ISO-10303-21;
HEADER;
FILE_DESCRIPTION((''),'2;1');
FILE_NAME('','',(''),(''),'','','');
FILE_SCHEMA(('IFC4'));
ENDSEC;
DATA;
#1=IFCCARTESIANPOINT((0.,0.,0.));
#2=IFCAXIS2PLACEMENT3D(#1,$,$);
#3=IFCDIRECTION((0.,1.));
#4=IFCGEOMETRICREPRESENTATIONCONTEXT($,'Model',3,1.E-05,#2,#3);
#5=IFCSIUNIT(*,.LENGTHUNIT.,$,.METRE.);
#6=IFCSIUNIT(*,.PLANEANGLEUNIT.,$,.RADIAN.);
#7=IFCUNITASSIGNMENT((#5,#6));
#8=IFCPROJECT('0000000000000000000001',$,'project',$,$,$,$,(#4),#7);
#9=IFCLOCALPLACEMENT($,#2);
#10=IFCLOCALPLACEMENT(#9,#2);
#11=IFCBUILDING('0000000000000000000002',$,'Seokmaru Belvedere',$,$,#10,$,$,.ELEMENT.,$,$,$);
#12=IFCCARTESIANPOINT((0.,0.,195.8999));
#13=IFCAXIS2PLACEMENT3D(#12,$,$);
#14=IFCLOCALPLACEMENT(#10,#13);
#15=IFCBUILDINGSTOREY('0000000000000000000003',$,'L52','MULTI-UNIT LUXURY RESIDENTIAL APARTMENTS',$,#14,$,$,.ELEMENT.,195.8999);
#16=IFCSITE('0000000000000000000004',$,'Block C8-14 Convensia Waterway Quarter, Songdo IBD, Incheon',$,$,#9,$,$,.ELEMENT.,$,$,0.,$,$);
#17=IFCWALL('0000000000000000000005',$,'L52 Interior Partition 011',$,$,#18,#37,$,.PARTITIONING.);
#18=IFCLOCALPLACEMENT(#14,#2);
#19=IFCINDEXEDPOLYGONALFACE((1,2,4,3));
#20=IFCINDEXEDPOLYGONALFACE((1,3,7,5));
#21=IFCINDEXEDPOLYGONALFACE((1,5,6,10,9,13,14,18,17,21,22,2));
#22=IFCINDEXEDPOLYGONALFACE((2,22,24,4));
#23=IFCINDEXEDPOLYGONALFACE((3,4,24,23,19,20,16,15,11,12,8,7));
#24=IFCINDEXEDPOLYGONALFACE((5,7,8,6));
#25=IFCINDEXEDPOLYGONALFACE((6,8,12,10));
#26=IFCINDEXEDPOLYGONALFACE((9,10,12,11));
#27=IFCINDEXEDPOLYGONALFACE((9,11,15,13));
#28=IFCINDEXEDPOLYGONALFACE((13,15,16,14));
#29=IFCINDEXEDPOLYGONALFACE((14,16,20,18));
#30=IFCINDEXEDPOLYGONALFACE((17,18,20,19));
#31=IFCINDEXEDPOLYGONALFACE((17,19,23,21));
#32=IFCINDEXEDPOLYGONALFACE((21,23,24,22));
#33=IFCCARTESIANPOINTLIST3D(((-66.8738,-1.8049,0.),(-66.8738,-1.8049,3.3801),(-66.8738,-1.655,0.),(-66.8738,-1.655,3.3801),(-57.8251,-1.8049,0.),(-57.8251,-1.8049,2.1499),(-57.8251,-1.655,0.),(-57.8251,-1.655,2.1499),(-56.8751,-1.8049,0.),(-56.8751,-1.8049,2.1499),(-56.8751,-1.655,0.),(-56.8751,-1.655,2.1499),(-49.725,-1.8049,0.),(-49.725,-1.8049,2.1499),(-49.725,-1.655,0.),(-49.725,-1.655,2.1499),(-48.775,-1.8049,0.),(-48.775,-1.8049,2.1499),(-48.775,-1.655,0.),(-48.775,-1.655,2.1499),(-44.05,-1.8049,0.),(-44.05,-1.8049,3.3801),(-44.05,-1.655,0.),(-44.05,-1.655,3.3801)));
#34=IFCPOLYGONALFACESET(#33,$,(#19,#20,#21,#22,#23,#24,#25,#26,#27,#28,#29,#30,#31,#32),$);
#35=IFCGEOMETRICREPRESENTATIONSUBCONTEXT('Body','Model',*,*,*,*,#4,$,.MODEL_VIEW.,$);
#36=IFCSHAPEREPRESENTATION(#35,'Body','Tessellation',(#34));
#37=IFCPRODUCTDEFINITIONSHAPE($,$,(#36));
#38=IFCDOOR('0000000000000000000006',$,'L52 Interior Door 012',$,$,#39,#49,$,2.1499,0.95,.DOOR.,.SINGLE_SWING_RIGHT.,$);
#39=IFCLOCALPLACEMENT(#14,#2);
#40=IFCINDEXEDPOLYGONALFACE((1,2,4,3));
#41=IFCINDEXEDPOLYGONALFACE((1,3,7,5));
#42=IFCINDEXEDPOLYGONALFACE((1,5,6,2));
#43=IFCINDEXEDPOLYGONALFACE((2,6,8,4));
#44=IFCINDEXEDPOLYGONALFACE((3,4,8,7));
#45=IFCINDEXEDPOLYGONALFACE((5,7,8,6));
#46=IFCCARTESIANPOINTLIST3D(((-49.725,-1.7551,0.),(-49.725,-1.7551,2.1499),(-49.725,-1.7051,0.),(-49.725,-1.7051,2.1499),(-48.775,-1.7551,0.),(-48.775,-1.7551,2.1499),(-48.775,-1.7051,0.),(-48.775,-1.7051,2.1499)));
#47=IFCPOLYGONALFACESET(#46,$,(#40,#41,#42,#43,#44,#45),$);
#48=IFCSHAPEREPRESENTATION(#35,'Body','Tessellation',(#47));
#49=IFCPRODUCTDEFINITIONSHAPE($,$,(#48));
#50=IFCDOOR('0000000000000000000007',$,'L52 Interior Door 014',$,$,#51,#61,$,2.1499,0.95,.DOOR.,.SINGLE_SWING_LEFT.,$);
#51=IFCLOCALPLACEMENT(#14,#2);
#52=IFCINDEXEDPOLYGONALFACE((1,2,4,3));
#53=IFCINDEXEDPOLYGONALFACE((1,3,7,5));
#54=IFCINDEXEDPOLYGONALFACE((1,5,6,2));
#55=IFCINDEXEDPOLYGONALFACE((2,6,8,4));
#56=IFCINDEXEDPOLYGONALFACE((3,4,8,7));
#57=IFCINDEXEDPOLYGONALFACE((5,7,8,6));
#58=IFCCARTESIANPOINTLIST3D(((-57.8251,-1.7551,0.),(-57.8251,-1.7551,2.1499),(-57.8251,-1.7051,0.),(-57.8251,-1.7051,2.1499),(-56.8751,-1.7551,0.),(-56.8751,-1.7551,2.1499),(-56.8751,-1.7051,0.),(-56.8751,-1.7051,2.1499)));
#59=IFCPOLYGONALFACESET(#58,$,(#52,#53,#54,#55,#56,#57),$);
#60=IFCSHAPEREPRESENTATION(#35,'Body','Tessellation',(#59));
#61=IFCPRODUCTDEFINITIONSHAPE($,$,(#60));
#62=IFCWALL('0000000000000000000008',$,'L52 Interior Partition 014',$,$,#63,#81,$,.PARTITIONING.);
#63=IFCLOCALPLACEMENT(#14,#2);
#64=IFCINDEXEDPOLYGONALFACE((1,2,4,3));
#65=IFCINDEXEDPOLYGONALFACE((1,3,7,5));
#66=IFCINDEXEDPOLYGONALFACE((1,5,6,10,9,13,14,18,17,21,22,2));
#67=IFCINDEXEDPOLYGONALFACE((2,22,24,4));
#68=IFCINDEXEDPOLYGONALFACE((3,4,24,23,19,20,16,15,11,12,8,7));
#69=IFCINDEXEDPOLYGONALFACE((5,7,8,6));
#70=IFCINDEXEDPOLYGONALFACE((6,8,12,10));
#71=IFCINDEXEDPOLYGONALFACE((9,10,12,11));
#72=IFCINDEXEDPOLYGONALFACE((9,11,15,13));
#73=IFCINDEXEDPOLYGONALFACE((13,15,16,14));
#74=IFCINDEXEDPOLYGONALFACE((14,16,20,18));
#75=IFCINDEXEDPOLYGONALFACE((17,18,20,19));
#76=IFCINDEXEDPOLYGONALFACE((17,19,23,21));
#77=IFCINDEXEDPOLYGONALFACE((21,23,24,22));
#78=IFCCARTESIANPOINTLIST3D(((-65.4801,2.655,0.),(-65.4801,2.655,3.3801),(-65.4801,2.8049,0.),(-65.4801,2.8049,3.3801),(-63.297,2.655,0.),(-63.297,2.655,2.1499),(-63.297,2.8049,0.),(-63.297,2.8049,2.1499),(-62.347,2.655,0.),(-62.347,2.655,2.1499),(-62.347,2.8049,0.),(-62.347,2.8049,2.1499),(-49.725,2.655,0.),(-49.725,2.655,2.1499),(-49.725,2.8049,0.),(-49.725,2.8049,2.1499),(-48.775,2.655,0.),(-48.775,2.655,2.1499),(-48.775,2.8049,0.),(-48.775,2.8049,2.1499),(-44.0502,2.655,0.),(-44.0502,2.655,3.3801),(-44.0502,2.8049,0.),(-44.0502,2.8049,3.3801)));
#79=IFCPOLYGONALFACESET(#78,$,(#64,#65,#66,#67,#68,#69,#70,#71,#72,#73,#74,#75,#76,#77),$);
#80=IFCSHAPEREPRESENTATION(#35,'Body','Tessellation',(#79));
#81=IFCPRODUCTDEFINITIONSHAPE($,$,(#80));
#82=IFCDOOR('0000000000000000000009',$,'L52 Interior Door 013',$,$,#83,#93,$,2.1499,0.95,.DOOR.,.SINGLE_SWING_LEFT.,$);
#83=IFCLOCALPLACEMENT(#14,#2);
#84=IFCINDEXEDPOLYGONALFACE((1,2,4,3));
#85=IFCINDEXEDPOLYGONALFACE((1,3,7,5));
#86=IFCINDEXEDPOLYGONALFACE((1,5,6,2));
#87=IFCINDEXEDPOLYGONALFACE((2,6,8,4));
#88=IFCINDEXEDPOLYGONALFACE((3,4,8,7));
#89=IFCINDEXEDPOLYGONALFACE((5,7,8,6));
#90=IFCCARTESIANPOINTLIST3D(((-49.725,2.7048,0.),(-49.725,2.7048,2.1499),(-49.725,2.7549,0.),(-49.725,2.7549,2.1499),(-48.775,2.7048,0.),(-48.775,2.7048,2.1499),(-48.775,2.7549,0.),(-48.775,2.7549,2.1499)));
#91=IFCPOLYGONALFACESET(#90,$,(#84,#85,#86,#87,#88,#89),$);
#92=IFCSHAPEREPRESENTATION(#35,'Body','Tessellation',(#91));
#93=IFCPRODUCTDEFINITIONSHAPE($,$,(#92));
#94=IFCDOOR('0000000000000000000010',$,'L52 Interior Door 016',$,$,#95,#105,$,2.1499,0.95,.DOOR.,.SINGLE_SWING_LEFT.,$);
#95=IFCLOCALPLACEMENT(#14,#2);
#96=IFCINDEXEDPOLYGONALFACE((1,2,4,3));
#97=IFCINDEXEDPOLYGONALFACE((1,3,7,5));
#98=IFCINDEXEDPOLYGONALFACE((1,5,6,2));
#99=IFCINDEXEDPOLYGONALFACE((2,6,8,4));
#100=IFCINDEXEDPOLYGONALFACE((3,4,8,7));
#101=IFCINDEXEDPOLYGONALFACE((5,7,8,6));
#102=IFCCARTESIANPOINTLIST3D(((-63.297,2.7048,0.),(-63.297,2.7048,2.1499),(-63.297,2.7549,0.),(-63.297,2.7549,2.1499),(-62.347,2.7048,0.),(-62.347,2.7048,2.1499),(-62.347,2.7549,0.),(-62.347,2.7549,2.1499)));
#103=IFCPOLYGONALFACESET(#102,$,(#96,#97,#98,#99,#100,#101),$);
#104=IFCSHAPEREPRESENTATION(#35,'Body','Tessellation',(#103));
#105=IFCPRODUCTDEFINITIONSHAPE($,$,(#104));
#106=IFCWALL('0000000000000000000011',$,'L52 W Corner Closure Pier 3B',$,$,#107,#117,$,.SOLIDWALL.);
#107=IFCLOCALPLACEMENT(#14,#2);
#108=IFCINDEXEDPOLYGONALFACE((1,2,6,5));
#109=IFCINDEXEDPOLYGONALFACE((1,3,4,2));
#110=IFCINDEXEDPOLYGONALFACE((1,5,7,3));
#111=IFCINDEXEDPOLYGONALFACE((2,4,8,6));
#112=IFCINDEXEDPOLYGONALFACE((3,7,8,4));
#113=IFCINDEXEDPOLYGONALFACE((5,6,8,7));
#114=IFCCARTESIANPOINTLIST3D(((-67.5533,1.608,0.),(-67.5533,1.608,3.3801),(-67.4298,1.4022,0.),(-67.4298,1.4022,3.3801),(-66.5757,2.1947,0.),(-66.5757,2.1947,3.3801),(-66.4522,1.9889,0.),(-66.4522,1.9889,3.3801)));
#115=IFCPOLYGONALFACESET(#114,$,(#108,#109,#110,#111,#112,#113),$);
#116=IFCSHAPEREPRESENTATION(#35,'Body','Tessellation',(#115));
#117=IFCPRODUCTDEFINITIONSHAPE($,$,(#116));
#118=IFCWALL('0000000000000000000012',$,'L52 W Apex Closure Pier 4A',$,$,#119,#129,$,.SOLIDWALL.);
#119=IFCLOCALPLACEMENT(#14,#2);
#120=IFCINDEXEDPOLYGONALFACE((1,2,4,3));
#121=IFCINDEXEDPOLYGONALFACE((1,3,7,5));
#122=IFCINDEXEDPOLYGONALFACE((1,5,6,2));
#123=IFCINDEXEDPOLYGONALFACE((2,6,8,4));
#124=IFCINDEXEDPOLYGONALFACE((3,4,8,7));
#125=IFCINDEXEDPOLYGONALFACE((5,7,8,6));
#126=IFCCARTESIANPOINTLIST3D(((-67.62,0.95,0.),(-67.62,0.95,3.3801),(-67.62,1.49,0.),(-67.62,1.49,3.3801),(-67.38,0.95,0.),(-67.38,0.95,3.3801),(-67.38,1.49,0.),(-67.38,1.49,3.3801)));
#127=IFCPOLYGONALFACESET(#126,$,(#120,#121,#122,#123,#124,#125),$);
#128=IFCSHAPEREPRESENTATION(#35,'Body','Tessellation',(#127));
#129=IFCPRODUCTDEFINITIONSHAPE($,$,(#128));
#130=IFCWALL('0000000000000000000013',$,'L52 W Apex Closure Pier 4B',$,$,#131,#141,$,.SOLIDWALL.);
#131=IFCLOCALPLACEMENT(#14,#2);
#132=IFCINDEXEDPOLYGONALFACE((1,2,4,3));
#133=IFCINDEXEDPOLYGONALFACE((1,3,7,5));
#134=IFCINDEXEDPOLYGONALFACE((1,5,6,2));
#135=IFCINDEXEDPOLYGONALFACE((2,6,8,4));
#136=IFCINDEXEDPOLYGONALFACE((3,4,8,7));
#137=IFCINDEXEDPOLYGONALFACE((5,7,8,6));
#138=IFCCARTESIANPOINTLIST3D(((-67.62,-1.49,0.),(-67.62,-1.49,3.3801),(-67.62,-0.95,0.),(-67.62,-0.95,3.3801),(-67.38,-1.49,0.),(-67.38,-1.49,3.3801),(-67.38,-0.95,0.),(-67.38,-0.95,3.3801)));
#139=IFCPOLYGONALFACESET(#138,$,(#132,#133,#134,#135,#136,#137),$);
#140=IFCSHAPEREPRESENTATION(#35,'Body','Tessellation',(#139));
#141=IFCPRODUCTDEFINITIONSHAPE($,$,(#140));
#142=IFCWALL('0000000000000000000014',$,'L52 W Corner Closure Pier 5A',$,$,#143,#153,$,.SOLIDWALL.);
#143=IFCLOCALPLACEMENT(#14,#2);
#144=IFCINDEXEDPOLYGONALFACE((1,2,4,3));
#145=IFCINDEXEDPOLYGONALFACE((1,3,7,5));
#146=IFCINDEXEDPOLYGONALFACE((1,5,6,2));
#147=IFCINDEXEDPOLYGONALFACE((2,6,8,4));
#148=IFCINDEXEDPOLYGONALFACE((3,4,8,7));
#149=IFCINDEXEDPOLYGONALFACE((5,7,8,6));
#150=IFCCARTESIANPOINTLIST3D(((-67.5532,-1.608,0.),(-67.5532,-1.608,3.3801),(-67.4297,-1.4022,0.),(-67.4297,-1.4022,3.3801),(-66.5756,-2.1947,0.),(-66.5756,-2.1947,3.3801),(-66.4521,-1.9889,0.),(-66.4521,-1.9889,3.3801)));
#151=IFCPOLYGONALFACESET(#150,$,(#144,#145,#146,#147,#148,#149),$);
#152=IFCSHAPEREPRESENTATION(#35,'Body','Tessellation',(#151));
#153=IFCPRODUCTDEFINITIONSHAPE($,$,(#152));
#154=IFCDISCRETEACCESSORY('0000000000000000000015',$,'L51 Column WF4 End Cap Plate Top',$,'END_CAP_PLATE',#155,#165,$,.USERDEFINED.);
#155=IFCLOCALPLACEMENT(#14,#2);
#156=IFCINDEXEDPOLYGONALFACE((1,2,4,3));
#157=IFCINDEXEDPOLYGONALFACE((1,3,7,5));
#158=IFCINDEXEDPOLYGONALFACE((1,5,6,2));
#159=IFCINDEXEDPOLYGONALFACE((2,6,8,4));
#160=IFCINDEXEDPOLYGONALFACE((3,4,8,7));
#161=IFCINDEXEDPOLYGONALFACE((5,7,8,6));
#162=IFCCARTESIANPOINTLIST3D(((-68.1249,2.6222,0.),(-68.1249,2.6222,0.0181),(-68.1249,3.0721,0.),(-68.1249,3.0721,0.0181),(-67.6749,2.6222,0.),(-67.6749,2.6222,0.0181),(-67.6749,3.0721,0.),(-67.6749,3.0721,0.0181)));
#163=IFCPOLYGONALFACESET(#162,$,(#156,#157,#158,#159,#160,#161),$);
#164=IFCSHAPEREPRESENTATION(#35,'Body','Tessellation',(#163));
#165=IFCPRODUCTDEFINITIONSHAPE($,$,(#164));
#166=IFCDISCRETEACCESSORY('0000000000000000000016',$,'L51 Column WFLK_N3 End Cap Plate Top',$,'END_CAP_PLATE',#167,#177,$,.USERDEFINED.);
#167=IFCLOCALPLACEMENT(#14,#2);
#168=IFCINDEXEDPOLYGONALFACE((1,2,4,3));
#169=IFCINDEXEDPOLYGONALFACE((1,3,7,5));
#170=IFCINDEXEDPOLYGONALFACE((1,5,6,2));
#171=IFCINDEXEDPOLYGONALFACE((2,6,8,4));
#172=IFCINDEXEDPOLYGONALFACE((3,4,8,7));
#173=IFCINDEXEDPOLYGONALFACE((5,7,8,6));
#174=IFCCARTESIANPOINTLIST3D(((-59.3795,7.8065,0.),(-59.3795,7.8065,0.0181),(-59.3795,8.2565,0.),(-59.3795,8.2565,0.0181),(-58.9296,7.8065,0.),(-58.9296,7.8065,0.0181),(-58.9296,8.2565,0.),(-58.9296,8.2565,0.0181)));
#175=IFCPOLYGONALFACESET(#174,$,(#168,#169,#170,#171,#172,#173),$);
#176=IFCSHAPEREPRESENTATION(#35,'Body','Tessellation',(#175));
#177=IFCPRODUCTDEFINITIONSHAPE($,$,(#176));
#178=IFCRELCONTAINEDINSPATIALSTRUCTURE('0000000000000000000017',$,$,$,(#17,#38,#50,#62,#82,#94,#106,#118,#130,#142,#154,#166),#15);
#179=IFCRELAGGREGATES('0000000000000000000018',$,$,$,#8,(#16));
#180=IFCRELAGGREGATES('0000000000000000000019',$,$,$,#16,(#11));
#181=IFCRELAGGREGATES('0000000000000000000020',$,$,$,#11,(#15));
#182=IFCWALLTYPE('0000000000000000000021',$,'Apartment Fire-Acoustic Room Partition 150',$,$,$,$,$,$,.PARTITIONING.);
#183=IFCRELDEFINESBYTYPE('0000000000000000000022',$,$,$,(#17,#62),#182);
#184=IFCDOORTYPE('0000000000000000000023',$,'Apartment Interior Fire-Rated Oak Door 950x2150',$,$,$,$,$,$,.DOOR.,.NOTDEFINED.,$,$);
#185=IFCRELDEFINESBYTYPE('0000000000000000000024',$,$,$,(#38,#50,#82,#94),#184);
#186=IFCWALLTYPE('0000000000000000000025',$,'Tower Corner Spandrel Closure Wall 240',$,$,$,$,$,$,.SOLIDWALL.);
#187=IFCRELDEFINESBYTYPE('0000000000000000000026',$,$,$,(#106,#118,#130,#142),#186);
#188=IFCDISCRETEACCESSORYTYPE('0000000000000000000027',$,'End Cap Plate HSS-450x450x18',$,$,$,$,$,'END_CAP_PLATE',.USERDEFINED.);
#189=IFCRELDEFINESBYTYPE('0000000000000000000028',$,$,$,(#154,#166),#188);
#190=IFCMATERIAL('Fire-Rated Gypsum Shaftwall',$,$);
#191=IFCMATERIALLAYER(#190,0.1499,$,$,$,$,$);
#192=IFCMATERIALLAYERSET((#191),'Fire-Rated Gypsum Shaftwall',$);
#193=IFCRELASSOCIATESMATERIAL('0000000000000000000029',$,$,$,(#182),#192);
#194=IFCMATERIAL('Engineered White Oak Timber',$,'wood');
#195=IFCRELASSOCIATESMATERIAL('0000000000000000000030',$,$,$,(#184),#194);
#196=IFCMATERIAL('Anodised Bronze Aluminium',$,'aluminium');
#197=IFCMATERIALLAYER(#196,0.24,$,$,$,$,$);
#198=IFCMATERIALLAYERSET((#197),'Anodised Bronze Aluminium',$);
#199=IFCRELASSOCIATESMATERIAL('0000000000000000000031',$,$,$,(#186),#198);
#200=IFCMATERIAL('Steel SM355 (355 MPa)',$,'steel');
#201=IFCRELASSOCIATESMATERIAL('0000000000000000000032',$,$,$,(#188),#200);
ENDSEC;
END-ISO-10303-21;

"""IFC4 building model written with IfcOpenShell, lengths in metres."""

from ifc_helpers import new_model, si_unit, direction, frame, frame_2d, origin, origin_2d, place, context, subcontext, project, spatial, rectangle, extrude, source, transform, mapped, material, layer, layer_set, type_object, type_shapes, element, fill, save


model = new_model("IFC4")

# Units and contexts
model_context = context("Model", 3, precision=1e-05, world=origin(), true_north=direction((0.0, 1.0)))
body_context = subcontext(model_context, "Body", "Model", "MODEL_VIEW")
ifc_project = project(units=[si_unit("LENGTHUNIT", "METRE"), si_unit("PLANEANGLEUNIT", "RADIAN")], contexts=[model_context])

# Site, building, storey
site_placement = place(None, origin())
site = spatial("IfcSite", under=ifc_project, at=site_placement, Name="Block C8-14 Convensia Waterway Quarter, Songdo IBD, Incheon", CompositionType="ELEMENT", RefElevation=0.0)
building_placement = place(site_placement, origin())
building = spatial("IfcBuilding", under=site, at=building_placement, Name="Seokmaru Belvedere", CompositionType="ELEMENT")
storey_placement = place(building_placement, frame((0.0, 0.0, 195.8999)))
storey = spatial("IfcBuildingStorey", under=building, at=storey_placement, Name="L52", Description="MULTI-UNIT LUXURY RESIDENTIAL APARTMENTS", CompositionType="ELEMENT", Elevation=195.8999)

# Shared definitions
ifc_material_1 = material(Name="Steel SM355 (355 MPa)", Category="steel")

# Shared definitions
ifc_material_2 = material(Name="Anodised Bronze Aluminium", Category="aluminium")

# Walls, openings, doors
ifc_material_3 = material(Name="Fire-Rated Gypsum Shaftwall")
ifc_layer_1 = layer(ifc_material_3, 0.1499)
ifc_layer_set_1 = layer_set([ifc_layer_1], Name="Fire-Rated Gypsum Shaftwall")
wall_type_1 = type_object("IfcWallType", Name="Apartment Fire-Acoustic Room Partition 150", PredefinedType="PARTITIONING", material=ifc_layer_set_1)
wall_1_placement = place(storey_placement, frame((-66.8738, -1.73, 0.0), z_axis=(0.0, 0.0, 1.0), x_axis=(1.0, 0.0, 0.0)))
wall_1 = element("IfcWall", 1, at=wall_1_placement, inside=storey, type_object=wall_type_1, Name="L52 Interior Partition 011", PredefinedType="PARTITIONING", context=body_context, shape_type="SweptSolid", body=[
    extrude(rectangle(XDim=22.8237, YDim=0.1499, at=frame_2d((11.4119, 0.0))), origin(), (0.0, 0.0, 1.0), 3.3801),
])
opening_1_placement = place(wall_1_placement, frame((17.1487, 0.0, 0.0)))
opening_1 = element("IfcOpeningElement", 2, at=opening_1_placement, cuts=wall_1, PredefinedType="OPENING", context=body_context, shape_type="SweptSolid", body=[
    extrude(rectangle(XDim=0.95, YDim=2.1499, at=frame_2d((0.4751, 1.075))), frame((0.0, 0.085, 0.0), z_axis=(0.0, -1.0, 0.0), x_axis=(1.0, 0.0, 0.0)), (0.0, 0.0, 1.0), 0.1699),
])
opening_2_placement = place(wall_1_placement, frame((9.0486, 0.0, 0.0)))
opening_2 = element("IfcOpeningElement", 3, at=opening_2_placement, cuts=wall_1, PredefinedType="OPENING", context=body_context, shape_type="SweptSolid", body=[
    extrude(rectangle(XDim=0.95, YDim=2.1499, at=frame_2d((0.4751, 1.075))), frame((0.0, 0.085, 0.0), z_axis=(0.0, -1.0, 0.0), x_axis=(1.0, 0.0, 0.0)), (0.0, 0.0, 1.0), 0.1699),
])
ifc_material_4 = material(Name="Engineered White Oak Timber", Category="wood")
door_type = type_object("IfcDoorType", Name="Apartment Interior Fire-Rated Oak Door 950x2150", OperationType="NOTDEFINED", PredefinedType="DOOR", material=ifc_material_4)
shared_shape_1 = source(origin(), body_context, "Body", "SweptSolid", [
    extrude(rectangle(XDim=0.95, YDim=2.1499, at=frame_2d((0.4751, 1.075))), frame((0.0, 0.0249, 0.0), z_axis=(0.0, -1.0, 0.0), x_axis=(1.0, 0.0, 0.0)), (0.0, 0.0, 1.0), 0.05),
])
type_shapes(door_type, [shared_shape_1])
door_1_placement = place(opening_1_placement, origin())
door_1 = element("IfcDoor", 4, at=door_1_placement, inside=storey, type_object=door_type, Name="L52 Interior Door 012", OperationType="SINGLE_SWING_RIGHT", OverallHeight=2.1499, OverallWidth=0.95, PredefinedType="DOOR", context=body_context, shape_type="MappedRepresentation", body=[
    mapped(shared_shape_1, transform((0.0, 0.0, 0.0), scale=1.0)),
])
fill(opening_1, door_1)
door_2_placement = place(opening_2_placement, origin())
door_2 = element("IfcDoor", 5, at=door_2_placement, inside=storey, type_object=door_type, Name="L52 Interior Door 014", OperationType="SINGLE_SWING_LEFT", OverallHeight=2.1499, OverallWidth=0.95, PredefinedType="DOOR", context=body_context, shape_type="MappedRepresentation", body=[
    mapped(shared_shape_1, transform((0.0, 0.0, 0.0), scale=1.0)),
])
fill(opening_2, door_2)
wall_2_placement = place(storey_placement, frame((-65.48, 2.73, 0.0), z_axis=(0.0, 0.0, 1.0), x_axis=(1.0, 0.0, 0.0)))
wall_2 = element("IfcWall", 6, at=wall_2_placement, inside=storey, type_object=wall_type_1, Name="L52 Interior Partition 014", PredefinedType="PARTITIONING", context=body_context, shape_type="SweptSolid", body=[
    extrude(rectangle(XDim=21.4299, YDim=0.1499, at=frame_2d((10.7148, 0.0))), origin(), (0.0, 0.0, 1.0), 3.3801),
])
opening_3_placement = place(wall_2_placement, frame((15.7549, 0.0, 0.0)))
opening_3 = element("IfcOpeningElement", 7, at=opening_3_placement, cuts=wall_2, PredefinedType="OPENING", context=body_context, shape_type="SweptSolid", body=[
    extrude(rectangle(XDim=0.95, YDim=2.1499, at=frame_2d((0.4751, 1.075))), frame((0.0, 0.085, 0.0), z_axis=(0.0, -1.0, 0.0), x_axis=(1.0, 0.0, 0.0)), (0.0, 0.0, 1.0), 0.1699),
])
opening_4_placement = place(wall_2_placement, frame((2.1829, 0.0, 0.0)))
opening_4 = element("IfcOpeningElement", 8, at=opening_4_placement, cuts=wall_2, PredefinedType="OPENING", context=body_context, shape_type="SweptSolid", body=[
    extrude(rectangle(XDim=0.95, YDim=2.1499, at=frame_2d((0.4751, 1.075))), frame((0.0, 0.085, 0.0), z_axis=(0.0, -1.0, 0.0), x_axis=(1.0, 0.0, 0.0)), (0.0, 0.0, 1.0), 0.1699),
])
door_3_placement = place(opening_3_placement, origin())
door_3 = element("IfcDoor", 9, at=door_3_placement, inside=storey, type_object=door_type, Name="L52 Interior Door 013", OperationType="SINGLE_SWING_LEFT", OverallHeight=2.1499, OverallWidth=0.95, PredefinedType="DOOR", context=body_context, shape_type="MappedRepresentation", body=[
    mapped(shared_shape_1, transform((0.0, 0.0, 0.0), scale=1.0)),
])
fill(opening_3, door_3)
door_4_placement = place(opening_4_placement, origin())
door_4 = element("IfcDoor", 10, at=door_4_placement, inside=storey, type_object=door_type, Name="L52 Interior Door 016", OperationType="SINGLE_SWING_LEFT", OverallHeight=2.1499, OverallWidth=0.95, PredefinedType="DOOR", context=body_context, shape_type="MappedRepresentation", body=[
    mapped(shared_shape_1, transform((0.0, 0.0, 0.0), scale=1.0)),
])
fill(opening_4, door_4)

# Walls
ifc_layer_2 = layer(ifc_material_2, 0.24)
ifc_layer_set_2 = layer_set([ifc_layer_2], Name="Anodised Bronze Aluminium")
wall_type_2 = type_object("IfcWallType", Name="Tower Corner Spandrel Closure Wall 240", PredefinedType="SOLIDWALL", material=ifc_layer_set_2)
wall_3_placement = place(storey_placement, frame((-66.5139, 2.0918, 0.0), z_axis=(0.0, 0.0, 1.0), x_axis=(-0.857436, -0.51459, 0.0)))
element("IfcWall", 11, at=wall_3_placement, inside=storey, type_object=wall_type_2, Name="L52 W Corner Closure Pier 3B", PredefinedType="SOLIDWALL", context=body_context, shape_type="SweptSolid", body=[
    extrude(rectangle(XDim=1.1401, YDim=0.24, at=frame_2d((0.5701, 0.0))), origin(), (0.0, 0.0, 1.0), 3.3801),
])
for number, where, z_axis, x_axis, name in (
    (12, (-67.5, 1.49, 0.0), (0.0, 0.0, 1.0), (0.0, -1.0, 0.0), "L52 W Apex Closure Pier 4A"),
    (13, (-67.5, -0.95, 0.0), (0.0, 0.0, 1.0), (0.0, -1.0, 0.0), "L52 W Apex Closure Pier 4B"),
):
    element("IfcWall", number, at=place(storey_placement, frame(where, z_axis=z_axis, x_axis=x_axis)), inside=storey, type_object=wall_type_2, Name=name, PredefinedType="SOLIDWALL", context=body_context, shape_type="SweptSolid", body=[
        extrude(rectangle(XDim=0.54, YDim=0.24, at=frame_2d((0.27, 0.0))), origin(), (0.0, 0.0, 1.0), 3.3801),
    ])
wall_4_placement = place(storey_placement, frame((-67.4915, -1.5051, 0.0), z_axis=(0.0, 0.0, 1.0), x_axis=(0.857436, -0.51459, 0.0)))
element("IfcWall", 14, at=wall_4_placement, inside=storey, type_object=wall_type_2, Name="L52 W Corner Closure Pier 5A", PredefinedType="SOLIDWALL", context=body_context, shape_type="SweptSolid", body=[
    extrude(rectangle(XDim=1.1401, YDim=0.24, at=frame_2d((0.5701, 0.0))), origin(), (0.0, 0.0, 1.0), 3.3801),
])

# Discrete accessories
discrete_accessory_type = type_object("IfcDiscreteAccessoryType", Name="End Cap Plate HSS-450x450x18", ElementType="END_CAP_PLATE", PredefinedType="USERDEFINED", material=ifc_material_1)
shared_shape_2 = source(origin(), body_context, "Body", "SweptSolid", [
    extrude(rectangle(XDim=0.45, YDim=0.45, at=origin_2d()), origin(), (0.0, 0.0, 1.0), 0.0181),
])
type_shapes(discrete_accessory_type, [shared_shape_2])
for number, where, z_axis, x_axis, name in (
    (15, (-67.8999, 2.8472, 0.0), (0.0, 0.0, 1.0), (1.0, 0.0, 0.0), "L51 Column WF4 End Cap Plate Top"),
    (16, (-59.1545, 8.0315, 0.0), (0.0, 0.0, 1.0), (1.0, 0.0, 0.0), "L51 Column WFLK_N3 End Cap Plate Top"),
):
    element("IfcDiscreteAccessory", number, at=place(storey_placement, frame(where, z_axis=z_axis, x_axis=x_axis)), inside=storey, type_object=discrete_accessory_type, Name=name, ObjectType="END_CAP_PLATE", PredefinedType="USERDEFINED", context=body_context, shape_type="MappedRepresentation", body=[
        mapped(shared_shape_2, transform((0.0, 0.0, 0.0), scale=1.0)),
    ])

save(model, "model.ifc")
